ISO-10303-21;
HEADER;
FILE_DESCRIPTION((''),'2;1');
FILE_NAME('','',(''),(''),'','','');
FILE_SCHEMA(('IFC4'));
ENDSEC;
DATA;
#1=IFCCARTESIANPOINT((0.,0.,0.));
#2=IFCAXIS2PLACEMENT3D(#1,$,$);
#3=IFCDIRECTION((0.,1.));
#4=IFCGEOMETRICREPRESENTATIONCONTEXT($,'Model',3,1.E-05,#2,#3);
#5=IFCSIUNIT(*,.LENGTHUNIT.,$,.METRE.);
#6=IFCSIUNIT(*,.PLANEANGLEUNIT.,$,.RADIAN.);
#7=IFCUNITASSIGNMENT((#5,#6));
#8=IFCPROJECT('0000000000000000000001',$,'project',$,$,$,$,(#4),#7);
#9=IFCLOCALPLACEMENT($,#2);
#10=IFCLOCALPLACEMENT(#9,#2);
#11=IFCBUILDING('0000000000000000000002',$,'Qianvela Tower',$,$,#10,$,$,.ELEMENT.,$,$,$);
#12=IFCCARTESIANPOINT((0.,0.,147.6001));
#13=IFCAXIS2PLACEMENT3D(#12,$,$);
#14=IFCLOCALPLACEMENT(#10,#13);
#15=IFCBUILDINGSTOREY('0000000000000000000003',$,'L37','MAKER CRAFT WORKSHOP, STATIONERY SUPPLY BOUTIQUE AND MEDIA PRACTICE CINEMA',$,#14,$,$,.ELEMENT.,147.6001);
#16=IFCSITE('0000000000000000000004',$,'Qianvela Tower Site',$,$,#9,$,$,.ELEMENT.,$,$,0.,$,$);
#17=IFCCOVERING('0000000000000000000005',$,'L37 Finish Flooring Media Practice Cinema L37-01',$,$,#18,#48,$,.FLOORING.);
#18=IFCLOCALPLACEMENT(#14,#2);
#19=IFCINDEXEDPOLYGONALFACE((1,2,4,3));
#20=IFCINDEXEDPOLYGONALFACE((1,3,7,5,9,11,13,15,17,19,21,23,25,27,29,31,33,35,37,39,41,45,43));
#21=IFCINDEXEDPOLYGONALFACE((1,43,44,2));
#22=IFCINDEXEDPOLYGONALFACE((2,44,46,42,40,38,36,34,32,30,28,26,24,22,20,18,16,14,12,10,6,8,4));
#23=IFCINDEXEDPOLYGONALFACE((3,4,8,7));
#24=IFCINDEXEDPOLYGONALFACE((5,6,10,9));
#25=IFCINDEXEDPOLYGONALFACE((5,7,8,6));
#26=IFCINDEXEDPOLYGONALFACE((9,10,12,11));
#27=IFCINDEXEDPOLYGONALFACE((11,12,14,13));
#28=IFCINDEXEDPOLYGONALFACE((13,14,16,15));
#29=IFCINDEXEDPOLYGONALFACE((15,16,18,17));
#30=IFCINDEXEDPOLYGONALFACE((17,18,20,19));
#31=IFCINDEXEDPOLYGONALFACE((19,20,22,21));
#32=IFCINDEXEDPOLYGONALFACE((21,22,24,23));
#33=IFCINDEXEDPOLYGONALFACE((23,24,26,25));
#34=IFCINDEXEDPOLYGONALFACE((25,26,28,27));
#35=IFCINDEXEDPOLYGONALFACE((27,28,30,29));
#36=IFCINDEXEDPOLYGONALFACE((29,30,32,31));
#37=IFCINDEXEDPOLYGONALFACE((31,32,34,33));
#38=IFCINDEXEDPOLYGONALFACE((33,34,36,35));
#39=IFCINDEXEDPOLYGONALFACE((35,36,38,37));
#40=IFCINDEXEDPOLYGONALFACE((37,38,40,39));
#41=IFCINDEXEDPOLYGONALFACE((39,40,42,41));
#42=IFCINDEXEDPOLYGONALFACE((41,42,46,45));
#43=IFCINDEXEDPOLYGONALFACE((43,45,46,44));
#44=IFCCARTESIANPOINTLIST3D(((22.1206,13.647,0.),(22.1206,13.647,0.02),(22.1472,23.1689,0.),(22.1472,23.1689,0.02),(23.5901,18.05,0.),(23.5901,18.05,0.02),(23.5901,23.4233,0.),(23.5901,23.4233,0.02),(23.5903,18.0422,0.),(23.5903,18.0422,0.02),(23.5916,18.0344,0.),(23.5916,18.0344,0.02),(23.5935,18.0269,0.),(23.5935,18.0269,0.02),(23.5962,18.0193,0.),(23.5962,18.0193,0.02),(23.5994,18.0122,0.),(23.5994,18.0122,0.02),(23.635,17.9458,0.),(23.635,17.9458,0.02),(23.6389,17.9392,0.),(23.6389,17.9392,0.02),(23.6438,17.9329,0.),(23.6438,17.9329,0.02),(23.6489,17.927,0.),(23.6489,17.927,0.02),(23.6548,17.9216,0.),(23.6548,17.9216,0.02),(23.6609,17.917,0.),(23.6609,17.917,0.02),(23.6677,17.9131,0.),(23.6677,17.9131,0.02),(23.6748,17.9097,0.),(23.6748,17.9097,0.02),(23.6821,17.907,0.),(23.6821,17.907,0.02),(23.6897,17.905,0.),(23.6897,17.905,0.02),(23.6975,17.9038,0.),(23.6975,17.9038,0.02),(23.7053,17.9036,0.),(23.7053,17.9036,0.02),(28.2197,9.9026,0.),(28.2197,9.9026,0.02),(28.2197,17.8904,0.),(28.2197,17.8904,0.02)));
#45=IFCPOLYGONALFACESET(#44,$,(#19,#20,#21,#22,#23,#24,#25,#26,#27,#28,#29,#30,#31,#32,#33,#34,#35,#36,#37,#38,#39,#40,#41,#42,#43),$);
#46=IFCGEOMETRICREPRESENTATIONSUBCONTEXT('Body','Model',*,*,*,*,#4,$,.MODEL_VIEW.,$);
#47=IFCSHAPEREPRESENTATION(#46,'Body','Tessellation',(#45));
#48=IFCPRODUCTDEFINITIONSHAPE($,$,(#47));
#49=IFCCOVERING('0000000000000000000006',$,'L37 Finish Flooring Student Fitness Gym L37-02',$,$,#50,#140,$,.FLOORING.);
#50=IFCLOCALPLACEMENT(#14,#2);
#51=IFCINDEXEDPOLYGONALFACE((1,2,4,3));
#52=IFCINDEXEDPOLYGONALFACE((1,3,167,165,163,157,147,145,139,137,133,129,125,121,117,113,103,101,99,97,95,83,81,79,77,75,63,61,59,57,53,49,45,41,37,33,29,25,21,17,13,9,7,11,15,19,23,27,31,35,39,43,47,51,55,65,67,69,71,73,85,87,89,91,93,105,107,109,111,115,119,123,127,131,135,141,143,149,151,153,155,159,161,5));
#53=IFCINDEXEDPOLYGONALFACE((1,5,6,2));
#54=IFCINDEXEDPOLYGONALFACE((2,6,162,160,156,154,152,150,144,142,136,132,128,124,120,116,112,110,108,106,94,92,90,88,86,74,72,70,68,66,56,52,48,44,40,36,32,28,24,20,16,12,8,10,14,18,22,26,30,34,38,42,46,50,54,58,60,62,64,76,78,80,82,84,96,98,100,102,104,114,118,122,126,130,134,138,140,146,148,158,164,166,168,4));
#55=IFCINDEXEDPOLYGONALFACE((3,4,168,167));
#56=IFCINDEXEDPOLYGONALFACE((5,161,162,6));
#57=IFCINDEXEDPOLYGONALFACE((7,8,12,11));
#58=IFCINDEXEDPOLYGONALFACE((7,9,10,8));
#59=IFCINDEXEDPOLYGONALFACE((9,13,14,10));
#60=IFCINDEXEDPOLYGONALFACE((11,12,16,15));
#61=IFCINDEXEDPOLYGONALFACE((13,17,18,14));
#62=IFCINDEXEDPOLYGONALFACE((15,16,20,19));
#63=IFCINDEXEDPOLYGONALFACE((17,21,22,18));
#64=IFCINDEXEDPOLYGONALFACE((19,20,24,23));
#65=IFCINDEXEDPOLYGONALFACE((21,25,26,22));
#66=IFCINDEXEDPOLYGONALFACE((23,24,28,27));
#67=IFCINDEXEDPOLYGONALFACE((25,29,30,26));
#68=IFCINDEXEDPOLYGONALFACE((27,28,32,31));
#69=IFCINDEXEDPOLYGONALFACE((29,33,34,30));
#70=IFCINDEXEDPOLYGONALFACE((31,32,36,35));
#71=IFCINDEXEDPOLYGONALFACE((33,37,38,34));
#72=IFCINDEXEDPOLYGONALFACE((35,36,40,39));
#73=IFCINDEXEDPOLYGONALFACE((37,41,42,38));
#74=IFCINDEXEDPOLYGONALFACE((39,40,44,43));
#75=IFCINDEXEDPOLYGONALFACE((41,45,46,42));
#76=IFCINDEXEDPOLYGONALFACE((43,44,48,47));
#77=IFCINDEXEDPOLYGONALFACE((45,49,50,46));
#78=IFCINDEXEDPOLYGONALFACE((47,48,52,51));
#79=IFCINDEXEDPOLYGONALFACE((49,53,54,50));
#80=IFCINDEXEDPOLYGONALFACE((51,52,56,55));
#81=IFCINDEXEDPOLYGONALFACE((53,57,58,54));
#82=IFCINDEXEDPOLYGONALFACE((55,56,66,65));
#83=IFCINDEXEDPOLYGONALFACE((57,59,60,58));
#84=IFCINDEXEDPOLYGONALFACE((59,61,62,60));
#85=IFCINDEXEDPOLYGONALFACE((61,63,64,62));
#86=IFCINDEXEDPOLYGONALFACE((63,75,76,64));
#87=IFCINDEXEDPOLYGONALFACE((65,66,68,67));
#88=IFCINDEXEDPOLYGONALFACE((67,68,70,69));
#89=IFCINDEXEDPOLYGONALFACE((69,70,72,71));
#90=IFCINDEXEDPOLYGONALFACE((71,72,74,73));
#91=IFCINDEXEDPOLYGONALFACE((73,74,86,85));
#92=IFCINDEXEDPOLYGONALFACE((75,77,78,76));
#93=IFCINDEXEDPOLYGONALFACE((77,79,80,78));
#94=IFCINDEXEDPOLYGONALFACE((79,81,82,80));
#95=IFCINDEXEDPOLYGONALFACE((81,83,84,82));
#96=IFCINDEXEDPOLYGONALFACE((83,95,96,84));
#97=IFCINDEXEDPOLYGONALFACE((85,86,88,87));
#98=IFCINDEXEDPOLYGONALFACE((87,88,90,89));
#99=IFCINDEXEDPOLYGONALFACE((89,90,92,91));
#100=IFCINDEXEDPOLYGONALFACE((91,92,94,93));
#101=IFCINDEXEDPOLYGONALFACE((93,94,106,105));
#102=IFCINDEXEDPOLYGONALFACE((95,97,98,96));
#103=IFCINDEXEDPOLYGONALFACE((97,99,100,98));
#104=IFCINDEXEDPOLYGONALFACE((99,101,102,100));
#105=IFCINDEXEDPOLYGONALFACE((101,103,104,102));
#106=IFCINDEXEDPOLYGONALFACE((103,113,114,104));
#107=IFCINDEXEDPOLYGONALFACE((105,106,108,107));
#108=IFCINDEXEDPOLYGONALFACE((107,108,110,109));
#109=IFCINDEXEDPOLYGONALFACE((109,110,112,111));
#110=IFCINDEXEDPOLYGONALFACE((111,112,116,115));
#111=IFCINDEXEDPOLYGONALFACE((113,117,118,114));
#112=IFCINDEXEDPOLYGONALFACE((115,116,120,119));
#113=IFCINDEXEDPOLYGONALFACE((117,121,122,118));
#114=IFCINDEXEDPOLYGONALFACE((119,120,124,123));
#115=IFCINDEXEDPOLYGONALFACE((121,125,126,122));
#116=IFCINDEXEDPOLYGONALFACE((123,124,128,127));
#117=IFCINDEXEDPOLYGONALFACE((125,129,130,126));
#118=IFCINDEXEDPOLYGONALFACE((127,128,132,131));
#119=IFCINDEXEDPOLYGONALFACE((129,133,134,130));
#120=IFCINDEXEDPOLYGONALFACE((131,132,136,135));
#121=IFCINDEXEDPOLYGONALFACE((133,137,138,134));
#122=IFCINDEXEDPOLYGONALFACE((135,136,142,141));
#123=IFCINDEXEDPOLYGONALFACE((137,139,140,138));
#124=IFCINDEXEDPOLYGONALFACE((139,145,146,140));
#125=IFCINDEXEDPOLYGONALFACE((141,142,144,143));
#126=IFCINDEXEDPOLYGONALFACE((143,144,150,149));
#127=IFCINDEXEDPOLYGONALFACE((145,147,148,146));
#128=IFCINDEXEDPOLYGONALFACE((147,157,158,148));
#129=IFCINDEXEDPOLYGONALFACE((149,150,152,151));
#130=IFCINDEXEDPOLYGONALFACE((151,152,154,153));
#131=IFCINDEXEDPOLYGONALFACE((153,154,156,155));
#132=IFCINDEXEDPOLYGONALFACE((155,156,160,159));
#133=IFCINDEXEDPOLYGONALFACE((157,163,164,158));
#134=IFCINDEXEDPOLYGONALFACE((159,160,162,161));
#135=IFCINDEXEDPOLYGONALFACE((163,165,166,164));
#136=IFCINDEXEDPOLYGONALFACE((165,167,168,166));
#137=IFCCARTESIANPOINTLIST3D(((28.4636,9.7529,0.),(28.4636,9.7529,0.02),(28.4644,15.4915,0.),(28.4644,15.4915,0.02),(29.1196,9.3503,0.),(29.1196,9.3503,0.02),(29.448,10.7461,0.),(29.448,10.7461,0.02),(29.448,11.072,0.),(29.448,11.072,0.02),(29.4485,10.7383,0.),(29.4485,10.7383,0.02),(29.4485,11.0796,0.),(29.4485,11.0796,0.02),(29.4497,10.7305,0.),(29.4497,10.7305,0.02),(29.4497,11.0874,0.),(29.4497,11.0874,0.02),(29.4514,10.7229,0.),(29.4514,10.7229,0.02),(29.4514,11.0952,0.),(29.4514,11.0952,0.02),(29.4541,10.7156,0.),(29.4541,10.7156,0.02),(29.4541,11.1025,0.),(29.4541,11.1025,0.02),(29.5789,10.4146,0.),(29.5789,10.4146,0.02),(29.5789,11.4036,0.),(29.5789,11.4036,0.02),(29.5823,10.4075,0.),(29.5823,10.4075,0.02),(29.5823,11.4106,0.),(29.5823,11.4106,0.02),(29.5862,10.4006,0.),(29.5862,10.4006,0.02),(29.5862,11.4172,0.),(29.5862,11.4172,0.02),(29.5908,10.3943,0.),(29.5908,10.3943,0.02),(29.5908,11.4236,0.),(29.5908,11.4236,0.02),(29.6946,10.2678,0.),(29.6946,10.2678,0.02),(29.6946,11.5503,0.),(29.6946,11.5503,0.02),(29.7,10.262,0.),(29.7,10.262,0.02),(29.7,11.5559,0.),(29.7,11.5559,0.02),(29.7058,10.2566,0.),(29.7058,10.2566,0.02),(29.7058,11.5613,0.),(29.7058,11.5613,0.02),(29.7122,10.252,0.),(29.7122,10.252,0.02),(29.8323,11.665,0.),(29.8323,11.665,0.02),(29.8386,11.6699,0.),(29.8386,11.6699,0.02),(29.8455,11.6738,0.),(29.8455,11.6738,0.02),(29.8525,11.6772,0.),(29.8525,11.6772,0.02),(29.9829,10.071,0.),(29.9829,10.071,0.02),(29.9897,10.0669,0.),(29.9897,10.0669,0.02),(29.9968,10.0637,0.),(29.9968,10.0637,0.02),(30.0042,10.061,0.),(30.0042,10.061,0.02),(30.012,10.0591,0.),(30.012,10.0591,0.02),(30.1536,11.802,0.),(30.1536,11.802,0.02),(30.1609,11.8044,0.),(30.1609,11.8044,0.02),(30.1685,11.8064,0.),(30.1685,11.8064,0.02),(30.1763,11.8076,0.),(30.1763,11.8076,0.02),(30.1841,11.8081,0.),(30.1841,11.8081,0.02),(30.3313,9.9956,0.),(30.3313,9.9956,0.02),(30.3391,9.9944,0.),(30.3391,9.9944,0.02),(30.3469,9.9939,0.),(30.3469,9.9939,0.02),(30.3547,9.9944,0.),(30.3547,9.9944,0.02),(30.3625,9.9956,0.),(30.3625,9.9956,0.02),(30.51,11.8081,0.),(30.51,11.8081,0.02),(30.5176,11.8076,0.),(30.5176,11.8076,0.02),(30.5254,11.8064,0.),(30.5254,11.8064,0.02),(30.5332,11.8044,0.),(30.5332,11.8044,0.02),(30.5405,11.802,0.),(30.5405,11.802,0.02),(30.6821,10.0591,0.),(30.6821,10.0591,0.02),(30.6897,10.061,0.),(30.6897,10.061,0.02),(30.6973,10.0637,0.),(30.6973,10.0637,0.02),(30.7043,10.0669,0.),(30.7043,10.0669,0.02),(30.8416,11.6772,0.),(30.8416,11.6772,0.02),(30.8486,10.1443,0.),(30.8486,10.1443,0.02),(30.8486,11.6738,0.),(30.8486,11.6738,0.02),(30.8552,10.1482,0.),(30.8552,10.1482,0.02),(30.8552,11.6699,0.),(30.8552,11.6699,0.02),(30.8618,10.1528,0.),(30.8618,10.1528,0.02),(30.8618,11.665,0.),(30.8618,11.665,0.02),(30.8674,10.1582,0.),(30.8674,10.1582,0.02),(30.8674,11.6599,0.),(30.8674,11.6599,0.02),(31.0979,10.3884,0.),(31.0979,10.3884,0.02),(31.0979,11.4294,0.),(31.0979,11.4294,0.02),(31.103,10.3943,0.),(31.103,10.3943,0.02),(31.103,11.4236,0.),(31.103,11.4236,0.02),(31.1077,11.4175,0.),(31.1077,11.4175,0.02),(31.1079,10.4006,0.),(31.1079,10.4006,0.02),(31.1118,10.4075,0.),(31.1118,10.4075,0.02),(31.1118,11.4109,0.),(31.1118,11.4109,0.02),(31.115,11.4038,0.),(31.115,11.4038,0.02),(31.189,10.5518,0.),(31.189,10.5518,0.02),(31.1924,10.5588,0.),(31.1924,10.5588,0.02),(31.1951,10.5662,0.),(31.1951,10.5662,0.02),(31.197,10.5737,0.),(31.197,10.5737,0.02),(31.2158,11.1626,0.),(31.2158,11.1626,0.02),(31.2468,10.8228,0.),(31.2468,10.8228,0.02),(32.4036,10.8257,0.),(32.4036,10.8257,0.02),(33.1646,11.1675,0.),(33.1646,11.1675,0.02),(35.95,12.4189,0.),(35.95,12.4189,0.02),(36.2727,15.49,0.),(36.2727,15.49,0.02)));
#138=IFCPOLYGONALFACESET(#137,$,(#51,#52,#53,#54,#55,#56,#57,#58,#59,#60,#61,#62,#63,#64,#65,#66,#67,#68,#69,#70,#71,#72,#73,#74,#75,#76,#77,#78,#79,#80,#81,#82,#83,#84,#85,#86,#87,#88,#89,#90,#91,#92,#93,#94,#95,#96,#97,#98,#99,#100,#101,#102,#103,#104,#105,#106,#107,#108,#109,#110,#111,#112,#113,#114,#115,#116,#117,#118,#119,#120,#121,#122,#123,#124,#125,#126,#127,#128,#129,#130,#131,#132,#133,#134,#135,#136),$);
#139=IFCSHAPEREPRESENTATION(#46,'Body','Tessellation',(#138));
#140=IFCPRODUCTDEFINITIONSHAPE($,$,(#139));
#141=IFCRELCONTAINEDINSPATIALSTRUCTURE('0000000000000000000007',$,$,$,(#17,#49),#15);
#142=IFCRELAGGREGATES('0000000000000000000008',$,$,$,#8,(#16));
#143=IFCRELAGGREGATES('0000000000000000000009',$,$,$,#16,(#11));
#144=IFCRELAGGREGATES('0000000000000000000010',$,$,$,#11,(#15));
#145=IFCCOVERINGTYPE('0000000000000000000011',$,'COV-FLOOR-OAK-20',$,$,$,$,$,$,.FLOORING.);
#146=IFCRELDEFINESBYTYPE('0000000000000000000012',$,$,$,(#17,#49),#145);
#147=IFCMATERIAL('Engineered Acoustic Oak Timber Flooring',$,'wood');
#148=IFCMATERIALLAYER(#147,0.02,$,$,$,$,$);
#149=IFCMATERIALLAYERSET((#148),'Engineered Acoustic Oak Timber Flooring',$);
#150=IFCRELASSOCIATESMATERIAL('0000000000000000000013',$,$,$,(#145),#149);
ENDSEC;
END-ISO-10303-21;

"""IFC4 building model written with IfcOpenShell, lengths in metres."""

from ifc_helpers import new_model, si_unit, direction, frame, origin, place, context, subcontext, project, spatial, polyline, outline, extrude, material, layer, layer_set, type_object, element, save


model = new_model("IFC4")

# Units and contexts
model_context = context("Model", 3, precision=1e-05, world=origin(), true_north=direction((0.0, 1.0)))
body_context = subcontext(model_context, "Body", "Model", "MODEL_VIEW")
ifc_project = project(units=[si_unit("LENGTHUNIT", "METRE"), si_unit("PLANEANGLEUNIT", "RADIAN")], contexts=[model_context])

# Site, building, storey
site_placement = place(None, origin())
site = spatial("IfcSite", under=ifc_project, at=site_placement, Name="Qianvela Tower Site", CompositionType="ELEMENT", RefElevation=0.0)
building_placement = place(site_placement, origin())
building = spatial("IfcBuilding", under=site, at=building_placement, Name="Qianvela Tower", CompositionType="ELEMENT")
storey_placement = place(building_placement, frame((0.0, 0.0, 147.6001)))
storey = spatial("IfcBuildingStorey", under=building, at=storey_placement, Name="L37", Description="MAKER CRAFT WORKSHOP, STATIONERY SUPPLY BOUTIQUE AND MEDIA PRACTICE CINEMA", CompositionType="ELEMENT", Elevation=147.6001)

# Coverings
ifc_material_1 = material(Name="Engineered Acoustic Oak Timber Flooring", Category="wood")
ifc_layer_1 = layer(ifc_material_1, 0.02)
ifc_layer_set_1 = layer_set([ifc_layer_1], Name="Engineered Acoustic Oak Timber Flooring")
covering_type_1 = type_object("IfcCoveringType", Name="COV-FLOOR-OAK-20", PredefinedType="FLOORING", material=ifc_layer_set_1)
covering_1_placement = place(storey_placement, origin())
element("IfcCovering", 1, at=covering_1_placement, inside=storey, type_object=covering_type_1, Name="L37 Finish Flooring Media Practice Cinema L37-01", PredefinedType="FLOORING", context=body_context, shape_type="SweptSolid", body=[
    extrude(outline(polyline([(23.5901, 23.4233), (23.5901, 18.05), (23.5903, 18.0422), (23.5916, 18.0344), (23.5935, 18.0269), (23.5962, 18.0193), (23.5994, 18.0122), (23.635, 17.9458), (23.6389, 17.9392), (23.6438, 17.9329), (23.6489, 17.927), (23.6548, 17.9216), (23.6609, 17.917), (23.6677, 17.9131), (23.6748, 17.9097), (23.6821, 17.907), (23.6897, 17.905), (23.6975, 17.9038), (23.7053, 17.9036), (28.2197, 17.8904), (28.2197, 9.9026), (22.1206, 13.647), (22.1472, 23.1689), (23.5901, 23.4233)])), origin(), (0.0, 0.0, 1.0), 0.02),
])
covering_2_placement = place(storey_placement, origin())
element("IfcCovering", 2, at=covering_2_placement, inside=storey, type_object=covering_type_1, Name="L37 Finish Flooring Student Fitness Gym L37-02", PredefinedType="FLOORING", context=body_context, shape_type="SweptSolid", body=[
    extrude(outline(polyline([(33.1646, 11.1675), (31.2158, 11.1626), (31.115, 11.4038), (31.1118, 11.4109), (31.1077, 11.4175), (31.103, 11.4236), (31.0979, 11.4294), (30.8674, 11.6599), (30.8618, 11.665), (30.8552, 11.6699), (30.8486, 11.6738), (30.8416, 11.6772), (30.5405, 11.802), (30.5332, 11.8044), (30.5254, 11.8064), (30.5176, 11.8076), (30.51, 11.8081), (30.1841, 11.8081), (30.1763, 11.8076), (30.1685, 11.8064), (30.1609, 11.8044), (30.1536, 11.802), (29.8525, 11.6772), (29.8455, 11.6738), (29.8386, 11.6699), (29.8323, 11.665), (29.7058, 11.5613), (29.7, 11.5559), (29.6946, 11.5503), (29.5908, 11.4236), (29.5862, 11.4172), (29.5823, 11.4106), (29.5789, 11.4036), (29.4541, 11.1025), (29.4514, 11.0952), (29.4497, 11.0874), (29.4485, 11.0796), (29.448, 11.072), (29.448, 10.7461), (29.4485, 10.7383), (29.4497, 10.7305), (29.4514, 10.7229), (29.4541, 10.7156), (29.5789, 10.4146), (29.5823, 10.4075), (29.5862, 10.4006), (29.5908, 10.3943), (29.6946, 10.2678), (29.7, 10.262), (29.7058, 10.2566), (29.7122, 10.252), (29.9829, 10.071), (29.9897, 10.0669), (29.9968, 10.0637), (30.0042, 10.061), (30.012, 10.0591), (30.3313, 9.9956), (30.3391, 9.9944), (30.3469, 9.9939), (30.3547, 9.9944), (30.3625, 9.9956), (30.6821, 10.0591), (30.6897, 10.061), (30.6973, 10.0637), (30.7043, 10.0669), (30.8486, 10.1443), (30.8552, 10.1482), (30.8618, 10.1528), (30.8674, 10.1582), (31.0979, 10.3884), (31.103, 10.3943), (31.1079, 10.4006), (31.1118, 10.4075), (31.189, 10.5518), (31.1924, 10.5588), (31.1951, 10.5662), (31.197, 10.5737), (31.2468, 10.8228), (32.4036, 10.8257), (29.1196, 9.3503), (28.4636, 9.7529), (28.4644, 15.4915), (36.2727, 15.49), (35.95, 12.4189), (33.1646, 11.1675)])), origin(), (0.0, 0.0, 1.0), 0.02),
])

save(model, "model.ifc")
